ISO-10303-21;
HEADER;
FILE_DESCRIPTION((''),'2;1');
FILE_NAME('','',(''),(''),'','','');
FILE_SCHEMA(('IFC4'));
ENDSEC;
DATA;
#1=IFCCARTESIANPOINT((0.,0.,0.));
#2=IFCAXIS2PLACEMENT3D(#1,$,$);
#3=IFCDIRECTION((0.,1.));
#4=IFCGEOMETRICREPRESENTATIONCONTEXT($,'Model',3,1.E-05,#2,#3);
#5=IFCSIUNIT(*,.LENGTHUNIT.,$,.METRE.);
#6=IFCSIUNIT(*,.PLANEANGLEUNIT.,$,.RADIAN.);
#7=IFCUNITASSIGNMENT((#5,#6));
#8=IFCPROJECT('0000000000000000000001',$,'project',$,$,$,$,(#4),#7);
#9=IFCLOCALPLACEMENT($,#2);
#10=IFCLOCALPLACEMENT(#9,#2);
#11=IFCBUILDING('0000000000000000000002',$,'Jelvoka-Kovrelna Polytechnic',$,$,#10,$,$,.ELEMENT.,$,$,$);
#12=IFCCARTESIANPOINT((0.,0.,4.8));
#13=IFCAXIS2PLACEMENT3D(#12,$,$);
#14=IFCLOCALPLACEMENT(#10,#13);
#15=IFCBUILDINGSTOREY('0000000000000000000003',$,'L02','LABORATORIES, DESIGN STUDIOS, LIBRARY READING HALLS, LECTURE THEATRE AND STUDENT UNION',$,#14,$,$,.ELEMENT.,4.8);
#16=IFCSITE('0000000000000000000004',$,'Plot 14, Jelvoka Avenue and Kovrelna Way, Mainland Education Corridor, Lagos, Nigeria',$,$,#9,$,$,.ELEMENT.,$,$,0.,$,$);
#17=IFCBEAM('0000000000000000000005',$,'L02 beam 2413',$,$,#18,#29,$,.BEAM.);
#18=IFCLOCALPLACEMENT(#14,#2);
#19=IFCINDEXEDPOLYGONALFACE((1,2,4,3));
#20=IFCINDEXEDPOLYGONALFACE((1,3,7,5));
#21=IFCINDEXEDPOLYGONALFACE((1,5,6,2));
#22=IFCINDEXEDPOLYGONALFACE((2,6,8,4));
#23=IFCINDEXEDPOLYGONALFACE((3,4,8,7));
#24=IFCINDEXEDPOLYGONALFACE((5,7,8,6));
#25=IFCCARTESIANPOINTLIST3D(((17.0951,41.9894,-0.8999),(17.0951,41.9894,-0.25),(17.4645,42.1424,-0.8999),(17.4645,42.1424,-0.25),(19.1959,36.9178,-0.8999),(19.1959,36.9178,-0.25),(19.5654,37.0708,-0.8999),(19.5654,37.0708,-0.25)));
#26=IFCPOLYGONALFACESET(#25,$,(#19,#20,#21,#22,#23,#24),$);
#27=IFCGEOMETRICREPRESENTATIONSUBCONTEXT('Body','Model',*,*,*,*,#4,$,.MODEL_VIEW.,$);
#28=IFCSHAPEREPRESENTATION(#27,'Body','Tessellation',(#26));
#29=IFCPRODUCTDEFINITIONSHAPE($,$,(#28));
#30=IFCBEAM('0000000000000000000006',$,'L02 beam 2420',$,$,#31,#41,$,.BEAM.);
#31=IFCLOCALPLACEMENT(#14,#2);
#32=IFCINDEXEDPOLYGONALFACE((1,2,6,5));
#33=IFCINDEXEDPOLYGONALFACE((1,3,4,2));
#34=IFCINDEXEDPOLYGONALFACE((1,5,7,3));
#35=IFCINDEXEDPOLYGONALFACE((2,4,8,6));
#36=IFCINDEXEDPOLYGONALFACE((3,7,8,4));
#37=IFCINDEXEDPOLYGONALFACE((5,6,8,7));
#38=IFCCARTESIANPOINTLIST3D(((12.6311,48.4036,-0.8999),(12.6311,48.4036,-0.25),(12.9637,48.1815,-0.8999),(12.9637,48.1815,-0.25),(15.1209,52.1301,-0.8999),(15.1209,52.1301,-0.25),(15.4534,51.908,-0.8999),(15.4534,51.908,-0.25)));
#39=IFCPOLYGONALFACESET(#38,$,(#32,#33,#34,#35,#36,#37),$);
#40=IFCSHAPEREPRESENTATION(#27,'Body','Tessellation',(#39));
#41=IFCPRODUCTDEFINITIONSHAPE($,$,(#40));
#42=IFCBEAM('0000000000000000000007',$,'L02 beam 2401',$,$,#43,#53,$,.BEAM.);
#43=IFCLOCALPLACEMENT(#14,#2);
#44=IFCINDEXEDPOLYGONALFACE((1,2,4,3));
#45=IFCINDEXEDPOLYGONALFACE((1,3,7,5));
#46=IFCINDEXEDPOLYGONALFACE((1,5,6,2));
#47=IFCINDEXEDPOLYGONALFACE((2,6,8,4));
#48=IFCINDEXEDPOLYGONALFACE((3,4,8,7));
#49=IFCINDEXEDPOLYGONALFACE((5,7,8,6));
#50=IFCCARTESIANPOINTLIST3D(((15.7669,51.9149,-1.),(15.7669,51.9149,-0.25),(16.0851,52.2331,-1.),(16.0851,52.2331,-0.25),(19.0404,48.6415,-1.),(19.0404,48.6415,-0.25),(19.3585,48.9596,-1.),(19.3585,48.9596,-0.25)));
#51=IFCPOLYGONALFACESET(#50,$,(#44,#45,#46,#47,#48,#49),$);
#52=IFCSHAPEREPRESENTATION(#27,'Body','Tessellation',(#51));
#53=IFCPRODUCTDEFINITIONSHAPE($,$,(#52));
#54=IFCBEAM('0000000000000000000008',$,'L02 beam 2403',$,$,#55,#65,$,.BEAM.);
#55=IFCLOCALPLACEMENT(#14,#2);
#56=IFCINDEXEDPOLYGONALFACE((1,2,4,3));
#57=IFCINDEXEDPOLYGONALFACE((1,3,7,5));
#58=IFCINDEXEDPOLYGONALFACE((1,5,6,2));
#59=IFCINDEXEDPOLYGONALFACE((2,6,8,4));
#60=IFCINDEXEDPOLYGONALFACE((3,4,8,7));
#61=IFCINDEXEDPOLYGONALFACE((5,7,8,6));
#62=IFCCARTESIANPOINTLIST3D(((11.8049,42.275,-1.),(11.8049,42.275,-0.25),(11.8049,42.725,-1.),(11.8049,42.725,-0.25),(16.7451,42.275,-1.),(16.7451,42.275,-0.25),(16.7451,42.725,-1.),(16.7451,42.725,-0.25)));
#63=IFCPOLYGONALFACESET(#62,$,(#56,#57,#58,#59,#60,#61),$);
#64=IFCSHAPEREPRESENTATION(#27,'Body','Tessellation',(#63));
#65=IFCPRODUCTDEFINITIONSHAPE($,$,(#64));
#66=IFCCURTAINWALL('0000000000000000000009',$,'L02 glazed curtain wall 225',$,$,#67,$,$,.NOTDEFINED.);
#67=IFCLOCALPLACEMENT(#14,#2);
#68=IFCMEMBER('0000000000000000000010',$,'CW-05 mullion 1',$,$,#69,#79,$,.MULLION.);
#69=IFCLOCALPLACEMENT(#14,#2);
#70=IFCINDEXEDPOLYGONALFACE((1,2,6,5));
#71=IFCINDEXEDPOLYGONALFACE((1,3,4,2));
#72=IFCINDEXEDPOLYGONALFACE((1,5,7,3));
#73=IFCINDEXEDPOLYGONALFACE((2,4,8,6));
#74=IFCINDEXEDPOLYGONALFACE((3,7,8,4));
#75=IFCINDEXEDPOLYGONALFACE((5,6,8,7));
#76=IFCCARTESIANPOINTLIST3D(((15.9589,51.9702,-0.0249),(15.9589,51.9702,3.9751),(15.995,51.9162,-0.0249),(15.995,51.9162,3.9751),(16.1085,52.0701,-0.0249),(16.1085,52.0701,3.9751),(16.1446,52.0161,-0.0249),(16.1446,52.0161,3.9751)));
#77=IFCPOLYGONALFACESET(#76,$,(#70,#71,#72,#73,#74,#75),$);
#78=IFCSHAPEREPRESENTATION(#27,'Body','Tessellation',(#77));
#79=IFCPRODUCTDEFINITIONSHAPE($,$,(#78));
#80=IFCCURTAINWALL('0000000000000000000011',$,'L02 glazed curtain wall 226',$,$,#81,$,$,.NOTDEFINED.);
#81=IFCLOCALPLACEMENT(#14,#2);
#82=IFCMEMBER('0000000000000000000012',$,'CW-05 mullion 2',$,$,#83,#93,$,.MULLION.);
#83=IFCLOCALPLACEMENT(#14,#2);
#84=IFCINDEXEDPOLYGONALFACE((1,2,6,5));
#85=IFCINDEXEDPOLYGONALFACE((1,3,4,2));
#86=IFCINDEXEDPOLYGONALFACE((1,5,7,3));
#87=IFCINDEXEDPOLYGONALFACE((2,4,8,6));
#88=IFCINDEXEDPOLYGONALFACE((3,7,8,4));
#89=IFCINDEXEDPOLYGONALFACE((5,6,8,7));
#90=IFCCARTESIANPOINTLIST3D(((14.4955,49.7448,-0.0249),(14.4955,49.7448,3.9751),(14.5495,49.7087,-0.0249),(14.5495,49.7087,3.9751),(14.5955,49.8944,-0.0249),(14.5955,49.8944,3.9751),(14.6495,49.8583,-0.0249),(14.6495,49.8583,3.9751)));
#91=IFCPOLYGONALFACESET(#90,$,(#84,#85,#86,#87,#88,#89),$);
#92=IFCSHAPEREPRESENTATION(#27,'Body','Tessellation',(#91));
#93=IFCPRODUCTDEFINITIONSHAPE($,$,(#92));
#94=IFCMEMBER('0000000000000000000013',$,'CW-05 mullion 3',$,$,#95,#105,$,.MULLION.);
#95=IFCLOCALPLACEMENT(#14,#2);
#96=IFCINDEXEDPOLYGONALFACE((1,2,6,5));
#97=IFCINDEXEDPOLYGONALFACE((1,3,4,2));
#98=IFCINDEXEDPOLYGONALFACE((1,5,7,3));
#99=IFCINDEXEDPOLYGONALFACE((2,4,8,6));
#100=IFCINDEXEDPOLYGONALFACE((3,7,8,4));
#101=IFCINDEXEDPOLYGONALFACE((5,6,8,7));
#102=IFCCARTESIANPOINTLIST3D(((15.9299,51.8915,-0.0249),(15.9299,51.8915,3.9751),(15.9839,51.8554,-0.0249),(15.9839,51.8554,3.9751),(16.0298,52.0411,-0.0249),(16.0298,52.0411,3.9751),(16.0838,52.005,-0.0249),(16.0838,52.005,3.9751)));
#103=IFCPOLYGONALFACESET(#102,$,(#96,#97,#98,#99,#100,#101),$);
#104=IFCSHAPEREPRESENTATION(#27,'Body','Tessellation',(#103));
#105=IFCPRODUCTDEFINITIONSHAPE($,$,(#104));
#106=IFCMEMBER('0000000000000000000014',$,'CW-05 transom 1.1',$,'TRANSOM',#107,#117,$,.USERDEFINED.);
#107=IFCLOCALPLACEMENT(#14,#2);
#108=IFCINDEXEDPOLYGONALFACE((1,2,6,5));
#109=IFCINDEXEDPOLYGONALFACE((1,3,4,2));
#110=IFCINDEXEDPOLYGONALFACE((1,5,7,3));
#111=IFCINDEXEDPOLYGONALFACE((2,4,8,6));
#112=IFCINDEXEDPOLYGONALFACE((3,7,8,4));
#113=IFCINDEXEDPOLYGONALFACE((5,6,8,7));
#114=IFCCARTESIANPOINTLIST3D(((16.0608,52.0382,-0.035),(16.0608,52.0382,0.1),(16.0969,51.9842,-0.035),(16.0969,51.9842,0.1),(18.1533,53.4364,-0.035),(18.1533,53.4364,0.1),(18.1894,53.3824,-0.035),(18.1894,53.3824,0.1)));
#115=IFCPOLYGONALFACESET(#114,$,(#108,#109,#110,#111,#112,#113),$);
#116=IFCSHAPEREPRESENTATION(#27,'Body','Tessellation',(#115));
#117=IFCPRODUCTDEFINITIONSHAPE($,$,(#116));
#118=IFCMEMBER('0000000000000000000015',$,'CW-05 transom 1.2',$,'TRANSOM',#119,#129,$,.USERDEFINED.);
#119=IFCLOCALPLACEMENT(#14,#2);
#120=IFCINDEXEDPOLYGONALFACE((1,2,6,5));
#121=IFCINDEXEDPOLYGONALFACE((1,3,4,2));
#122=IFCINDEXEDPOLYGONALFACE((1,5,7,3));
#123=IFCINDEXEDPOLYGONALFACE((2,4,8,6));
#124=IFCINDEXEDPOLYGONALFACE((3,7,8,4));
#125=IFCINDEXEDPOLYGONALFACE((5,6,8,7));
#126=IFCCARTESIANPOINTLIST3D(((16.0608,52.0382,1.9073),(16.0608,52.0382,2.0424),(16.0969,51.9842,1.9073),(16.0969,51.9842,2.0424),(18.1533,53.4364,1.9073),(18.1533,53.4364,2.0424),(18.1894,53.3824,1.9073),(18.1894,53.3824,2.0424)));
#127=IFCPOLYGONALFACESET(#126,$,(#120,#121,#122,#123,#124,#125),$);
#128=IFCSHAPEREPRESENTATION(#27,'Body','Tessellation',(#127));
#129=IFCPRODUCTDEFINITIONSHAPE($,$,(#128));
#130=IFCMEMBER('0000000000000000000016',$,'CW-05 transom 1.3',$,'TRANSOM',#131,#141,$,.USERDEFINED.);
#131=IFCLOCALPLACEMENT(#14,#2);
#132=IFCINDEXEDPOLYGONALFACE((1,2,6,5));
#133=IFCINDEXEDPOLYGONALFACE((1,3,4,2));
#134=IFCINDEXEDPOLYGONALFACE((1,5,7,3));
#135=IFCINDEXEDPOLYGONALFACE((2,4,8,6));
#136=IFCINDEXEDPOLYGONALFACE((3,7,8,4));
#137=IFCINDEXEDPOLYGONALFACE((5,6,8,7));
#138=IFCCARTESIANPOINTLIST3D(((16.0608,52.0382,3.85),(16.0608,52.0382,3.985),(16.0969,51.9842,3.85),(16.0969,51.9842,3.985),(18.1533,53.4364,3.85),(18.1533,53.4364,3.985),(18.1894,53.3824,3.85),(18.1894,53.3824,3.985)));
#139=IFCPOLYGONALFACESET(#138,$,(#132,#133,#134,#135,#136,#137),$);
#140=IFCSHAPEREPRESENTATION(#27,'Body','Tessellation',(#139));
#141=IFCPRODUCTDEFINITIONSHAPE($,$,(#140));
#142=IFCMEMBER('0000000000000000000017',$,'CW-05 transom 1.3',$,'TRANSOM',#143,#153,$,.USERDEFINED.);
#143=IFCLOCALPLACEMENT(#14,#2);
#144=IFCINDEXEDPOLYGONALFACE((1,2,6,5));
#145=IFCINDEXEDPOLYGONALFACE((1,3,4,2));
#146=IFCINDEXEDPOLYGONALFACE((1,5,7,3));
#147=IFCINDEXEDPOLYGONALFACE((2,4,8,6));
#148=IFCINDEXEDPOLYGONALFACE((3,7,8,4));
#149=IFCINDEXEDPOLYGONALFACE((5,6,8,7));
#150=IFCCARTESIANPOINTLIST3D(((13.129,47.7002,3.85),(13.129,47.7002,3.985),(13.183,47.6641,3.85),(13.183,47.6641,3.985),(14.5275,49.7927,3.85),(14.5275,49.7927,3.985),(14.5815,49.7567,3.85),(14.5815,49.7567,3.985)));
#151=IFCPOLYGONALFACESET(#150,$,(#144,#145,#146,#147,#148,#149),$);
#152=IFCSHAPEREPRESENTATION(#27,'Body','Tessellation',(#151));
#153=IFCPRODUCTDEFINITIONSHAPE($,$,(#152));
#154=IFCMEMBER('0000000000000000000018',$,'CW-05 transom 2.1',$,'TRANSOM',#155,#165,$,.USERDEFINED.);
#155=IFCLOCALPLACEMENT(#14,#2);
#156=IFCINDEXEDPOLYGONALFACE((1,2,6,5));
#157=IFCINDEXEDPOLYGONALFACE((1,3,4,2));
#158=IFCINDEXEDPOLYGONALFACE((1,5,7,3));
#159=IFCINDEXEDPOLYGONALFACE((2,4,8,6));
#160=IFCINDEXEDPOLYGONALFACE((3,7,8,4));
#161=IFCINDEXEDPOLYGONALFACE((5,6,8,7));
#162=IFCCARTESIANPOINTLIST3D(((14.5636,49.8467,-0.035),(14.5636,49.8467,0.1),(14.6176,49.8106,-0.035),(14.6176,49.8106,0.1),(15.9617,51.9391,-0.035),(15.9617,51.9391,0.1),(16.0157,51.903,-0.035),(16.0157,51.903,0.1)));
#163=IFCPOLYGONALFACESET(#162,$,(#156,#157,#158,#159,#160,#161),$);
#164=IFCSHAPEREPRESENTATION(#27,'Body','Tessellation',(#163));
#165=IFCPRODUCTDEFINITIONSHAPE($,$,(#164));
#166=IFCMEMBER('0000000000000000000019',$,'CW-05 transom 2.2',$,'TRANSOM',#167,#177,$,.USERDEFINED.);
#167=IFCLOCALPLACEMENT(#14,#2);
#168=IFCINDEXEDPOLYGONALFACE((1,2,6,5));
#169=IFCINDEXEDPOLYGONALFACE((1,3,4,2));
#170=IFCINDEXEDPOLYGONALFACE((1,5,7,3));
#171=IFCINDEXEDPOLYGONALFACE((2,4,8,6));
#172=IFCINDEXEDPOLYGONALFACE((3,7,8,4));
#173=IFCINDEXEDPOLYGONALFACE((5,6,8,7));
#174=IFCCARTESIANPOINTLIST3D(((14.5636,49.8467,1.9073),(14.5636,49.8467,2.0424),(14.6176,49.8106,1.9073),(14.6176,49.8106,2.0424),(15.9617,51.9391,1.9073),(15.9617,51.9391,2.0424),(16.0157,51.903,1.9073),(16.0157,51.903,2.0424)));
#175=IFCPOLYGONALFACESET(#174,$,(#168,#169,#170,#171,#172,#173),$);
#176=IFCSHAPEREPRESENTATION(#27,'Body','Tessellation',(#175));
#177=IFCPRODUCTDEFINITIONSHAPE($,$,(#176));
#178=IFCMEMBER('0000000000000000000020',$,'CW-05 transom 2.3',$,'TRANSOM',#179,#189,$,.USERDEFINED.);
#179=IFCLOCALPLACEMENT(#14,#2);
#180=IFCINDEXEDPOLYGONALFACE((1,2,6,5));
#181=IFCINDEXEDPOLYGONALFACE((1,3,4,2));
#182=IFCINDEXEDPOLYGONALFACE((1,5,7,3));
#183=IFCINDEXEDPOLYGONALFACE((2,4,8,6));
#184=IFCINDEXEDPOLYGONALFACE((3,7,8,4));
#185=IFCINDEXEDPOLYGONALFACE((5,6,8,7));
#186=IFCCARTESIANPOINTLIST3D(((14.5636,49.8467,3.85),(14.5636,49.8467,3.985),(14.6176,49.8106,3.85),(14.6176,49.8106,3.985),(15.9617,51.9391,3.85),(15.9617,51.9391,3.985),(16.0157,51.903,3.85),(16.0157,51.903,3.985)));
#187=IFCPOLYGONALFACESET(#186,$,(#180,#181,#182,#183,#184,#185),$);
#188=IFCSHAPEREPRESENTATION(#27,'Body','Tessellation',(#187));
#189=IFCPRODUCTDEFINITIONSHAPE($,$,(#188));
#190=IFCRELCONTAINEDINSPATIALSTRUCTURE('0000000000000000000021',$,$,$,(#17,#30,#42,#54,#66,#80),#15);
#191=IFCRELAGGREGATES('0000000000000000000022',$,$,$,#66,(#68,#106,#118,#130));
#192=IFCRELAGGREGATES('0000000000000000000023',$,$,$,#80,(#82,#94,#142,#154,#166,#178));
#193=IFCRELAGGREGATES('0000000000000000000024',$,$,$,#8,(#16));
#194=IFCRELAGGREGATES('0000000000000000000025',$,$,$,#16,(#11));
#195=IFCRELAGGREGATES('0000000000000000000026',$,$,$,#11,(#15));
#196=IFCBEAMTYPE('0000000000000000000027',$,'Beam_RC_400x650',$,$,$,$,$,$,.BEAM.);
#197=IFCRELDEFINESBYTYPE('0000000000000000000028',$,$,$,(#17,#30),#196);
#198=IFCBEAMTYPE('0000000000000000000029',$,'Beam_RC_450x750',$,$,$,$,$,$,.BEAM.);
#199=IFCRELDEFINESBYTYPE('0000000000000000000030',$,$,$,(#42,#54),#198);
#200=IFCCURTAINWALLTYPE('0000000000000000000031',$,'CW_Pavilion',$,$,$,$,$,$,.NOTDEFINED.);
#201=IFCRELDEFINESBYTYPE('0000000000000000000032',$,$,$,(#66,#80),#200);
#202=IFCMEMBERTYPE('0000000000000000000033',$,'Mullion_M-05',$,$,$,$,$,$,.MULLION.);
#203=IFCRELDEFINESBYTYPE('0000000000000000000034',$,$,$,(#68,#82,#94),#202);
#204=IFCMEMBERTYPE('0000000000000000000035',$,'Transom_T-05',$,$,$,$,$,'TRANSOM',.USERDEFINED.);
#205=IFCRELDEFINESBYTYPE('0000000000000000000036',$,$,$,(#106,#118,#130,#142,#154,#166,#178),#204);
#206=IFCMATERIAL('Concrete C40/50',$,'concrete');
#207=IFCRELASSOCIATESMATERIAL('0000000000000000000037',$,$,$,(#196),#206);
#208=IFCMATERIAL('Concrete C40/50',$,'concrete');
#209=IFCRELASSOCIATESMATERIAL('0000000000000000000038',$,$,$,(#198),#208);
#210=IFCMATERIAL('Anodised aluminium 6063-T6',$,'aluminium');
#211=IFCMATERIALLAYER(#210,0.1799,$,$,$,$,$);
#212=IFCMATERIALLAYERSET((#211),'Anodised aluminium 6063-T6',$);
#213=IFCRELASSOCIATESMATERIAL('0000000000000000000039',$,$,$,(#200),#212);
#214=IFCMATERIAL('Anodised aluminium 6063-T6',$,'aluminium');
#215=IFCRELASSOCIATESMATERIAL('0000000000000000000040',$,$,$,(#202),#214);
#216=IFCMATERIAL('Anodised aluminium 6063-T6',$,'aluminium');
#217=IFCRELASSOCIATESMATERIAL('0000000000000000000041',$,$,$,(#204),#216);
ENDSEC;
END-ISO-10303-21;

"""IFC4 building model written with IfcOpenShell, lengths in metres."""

from ifc_helpers import new_model, si_unit, direction, frame, origin, origin_2d, place, context, subcontext, project, spatial, rectangle, extrude, material, layer, layer_set, material_profile, profile_set, type_object, element, aggregate, save


model = new_model("IFC4")

# Units and contexts
model_context = context("Model", 3, precision=1e-05, world=origin(), true_north=direction((0.0, 1.0)))
body_context = subcontext(model_context, "Body", "Model", "MODEL_VIEW")
ifc_project = project(units=[si_unit("LENGTHUNIT", "METRE"), si_unit("PLANEANGLEUNIT", "RADIAN")], contexts=[model_context])

# Site, building, storey
site_placement = place(None, origin())
site = spatial("IfcSite", under=ifc_project, at=site_placement, Name="Plot 14, Jelvoka Avenue and Kovrelna Way, Mainland Education Corridor, Lagos, Nigeria", CompositionType="ELEMENT", RefElevation=0.0)
building_placement = place(site_placement, origin())
building = spatial("IfcBuilding", under=site, at=building_placement, Name="Jelvoka-Kovrelna Polytechnic", CompositionType="ELEMENT")
storey_placement = place(building_placement, frame((0.0, 0.0, 4.8)))
storey = spatial("IfcBuildingStorey", under=building, at=storey_placement, Name="L02", Description="LABORATORIES, DESIGN STUDIOS, LIBRARY READING HALLS, LECTURE THEATRE AND STUDENT UNION", CompositionType="ELEMENT", Elevation=4.8)

# Beams
ifc_material_1 = material(Name="Concrete C40/50", Category="concrete")
ifc_material_profile_1 = material_profile(ifc_material_1, rectangle(XDim=0.3999, YDim=0.6499, at=origin_2d()), Name="RC 400x650")
ifc_profile_set_1 = profile_set([ifc_material_profile_1], Name="Concrete C40/50")
beam_type_1 = type_object("IfcBeamType", Name="Beam_RC_400x650", PredefinedType="BEAM", material=ifc_profile_set_1)
for number, where, z_axis, x_axis, name in (
    (1, (17.2798, 42.0659, -0.575), (0.382704, -0.923871, 0.0), (0.923871, 0.382704, 0.0), "L02 beam 2413"),
):
    element("IfcBeam", number, at=place(storey_placement, frame(where, z_axis=z_axis, x_axis=x_axis)), inside=storey, type_object=beam_type_1, Name=name, PredefinedType="BEAM", context=body_context, shape_type="SweptSolid", body=[
        extrude(rectangle(XDim=0.3999, YDim=0.6499, at=origin_2d()), origin(), (0.0, 0.0, 1.0), 5.4895),
    ])
beam_1_placement = place(storey_placement, frame((15.2871, 52.019, -0.575), z_axis=(-0.55553, -0.831497, 0.0), x_axis=(0.831497, -0.55553, 0.0)))
element("IfcBeam", 2, at=beam_1_placement, inside=storey, type_object=beam_type_1, Name="L02 beam 2420", PredefinedType="BEAM", context=body_context, shape_type="SweptSolid", body=[
    extrude(rectangle(XDim=0.3999, YDim=0.6499, at=origin_2d()), origin(), (0.0, 0.0, 1.0), 4.4817),
])
ifc_material_2 = material(Name="Concrete C40/50", Category="concrete")
ifc_material_profile_2 = material_profile(ifc_material_2, rectangle(XDim=0.45, YDim=0.75, at=origin_2d()), Name="RC 450x750")
ifc_profile_set_2 = profile_set([ifc_material_profile_2], Name="Concrete C40/50")
beam_type_2 = type_object("IfcBeamType", Name="Beam_RC_450x750", PredefinedType="BEAM", material=ifc_profile_set_2)
beam_2_placement = place(storey_placement, frame((19.1995, 48.8005, -0.625), z_axis=(-0.707107, 0.707107, 0.0), x_axis=(-0.707107, -0.707107, 0.0)))
element("IfcBeam", 3, at=beam_2_placement, inside=storey, type_object=beam_type_2, Name="L02 beam 2401", PredefinedType="BEAM", context=body_context, shape_type="SweptSolid", body=[
    extrude(rectangle(XDim=0.45, YDim=0.75, at=origin_2d()), origin(), (0.0, 0.0, 1.0), 4.6294),
])
beam_3_placement = place(storey_placement, frame((16.7451, 42.5, -0.625), z_axis=(-1.0, 0.0, 0.0), x_axis=(0.0, -1.0, 0.0)))
element("IfcBeam", 4, at=beam_3_placement, inside=storey, type_object=beam_type_2, Name="L02 beam 2403", PredefinedType="BEAM", context=body_context, shape_type="SweptSolid", body=[
    extrude(rectangle(XDim=0.45, YDim=0.75, at=origin_2d()), origin(), (0.0, 0.0, 1.0), 4.9402),
])

# Curtain wall, member
ifc_material_3 = material(Name="Anodised aluminium 6063-T6", Category="aluminium")
ifc_layer_1 = layer(ifc_material_3, 0.1799)
ifc_layer_set_1 = layer_set([ifc_layer_1], Name="Anodised aluminium 6063-T6")
curtain_wall_type = type_object("IfcCurtainWallType", Name="CW_Pavilion", PredefinedType="NOTDEFINED", material=ifc_layer_set_1)
curtain_wall_1_placement = place(storey_placement, origin())
curtain_wall_1 = element("IfcCurtainWall", 5, at=curtain_wall_1_placement, inside=storey, type_object=curtain_wall_type, Name="L02 glazed curtain wall 225", PredefinedType="NOTDEFINED")
ifc_material_4 = material(Name="Anodised aluminium 6063-T6", Category="aluminium")
ifc_material_profile_3 = material_profile(ifc_material_4, rectangle(XDim=0.0649, YDim=0.1799, at=origin_2d()), Name="ALU 65x180")
ifc_profile_set_3 = profile_set([ifc_material_profile_3], Name="Anodised aluminium 6063-T6")
member_type_1 = type_object("IfcMemberType", Name="Mullion_M-05", PredefinedType="MULLION", material=ifc_profile_set_3)
member_1_placement = place(storey_placement, frame((16.0518, 51.9932, -0.0249), z_axis=(0.0, 0.0, 1.0), x_axis=(-0.555583, 0.831461, 0.0)))
member_1 = element("IfcMember", 6, at=member_1_placement, type_object=member_type_1, Name="CW-05 mullion 1", PredefinedType="MULLION", context=body_context, shape_type="SweptSolid", body=[
    extrude(rectangle(XDim=0.0649, YDim=0.1799, at=origin_2d()), origin(), (0.0, 0.0, 1.0), 4.0),
])

# Curtain wall, members
curtain_wall_2_placement = place(storey_placement, origin())
curtain_wall_2 = element("IfcCurtainWall", 7, at=curtain_wall_2_placement, inside=storey, type_object=curtain_wall_type, Name="L02 glazed curtain wall 226", PredefinedType="NOTDEFINED")
member_2_placement = place(storey_placement, frame((14.5725, 49.8015, -0.0249), z_axis=(0.0, 0.0, 1.0), x_axis=(-0.831461, 0.555583, 0.0)))
member_2 = element("IfcMember", 8, at=member_2_placement, type_object=member_type_1, Name="CW-05 mullion 2", PredefinedType="MULLION", context=body_context, shape_type="SweptSolid", body=[
    extrude(rectangle(XDim=0.0649, YDim=0.1799, at=origin_2d()), origin(), (0.0, 0.0, 1.0), 4.0),
])
member_3_placement = place(storey_placement, frame((16.0068, 51.9482, -0.0249), z_axis=(0.0, 0.0, 1.0), x_axis=(-0.831461, 0.555583, 0.0)))
member_3 = element("IfcMember", 9, at=member_3_placement, type_object=member_type_1, Name="CW-05 mullion 3", PredefinedType="MULLION", context=body_context, shape_type="SweptSolid", body=[
    extrude(rectangle(XDim=0.0649, YDim=0.1799, at=origin_2d()), origin(), (0.0, 0.0, 1.0), 4.0),
])

# Members
ifc_material_5 = material(Name="Anodised aluminium 6063-T6", Category="aluminium")
ifc_material_profile_4 = material_profile(ifc_material_5, rectangle(XDim=0.0649, YDim=0.135, at=origin_2d()), Name="ALU 65x135")
ifc_profile_set_4 = profile_set([ifc_material_profile_4], Name="Anodised aluminium 6063-T6")
member_type_2 = type_object("IfcMemberType", Name="Transom_T-05", ElementType="TRANSOM", PredefinedType="USERDEFINED", material=ifc_profile_set_4)
member_4_placement = place(storey_placement, frame((16.0789, 52.0112, 0.0325), z_axis=(0.831468, 0.555573, 0.0), x_axis=(-0.555573, 0.831468, 0.0)))
member_4 = element("IfcMember", 10, at=member_4_placement, type_object=member_type_2, Name="CW-05 transom 1.1", ObjectType="TRANSOM", PredefinedType="USERDEFINED", context=body_context, shape_type="SweptSolid", body=[
    extrude(rectangle(XDim=0.0649, YDim=0.135, at=origin_2d()), origin(), (0.0, 0.0, 1.0), 2.5166),
])
member_5_placement = place(storey_placement, frame((16.0789, 52.0112, 1.9749), z_axis=(0.831468, 0.555573, 0.0), x_axis=(-0.555573, 0.831468, 0.0)))
member_5 = element("IfcMember", 11, at=member_5_placement, type_object=member_type_2, Name="CW-05 transom 1.2", ObjectType="TRANSOM", PredefinedType="USERDEFINED", context=body_context, shape_type="SweptSolid", body=[
    extrude(rectangle(XDim=0.0649, YDim=0.135, at=origin_2d()), origin(), (0.0, 0.0, 1.0), 2.5166),
])
member_6_placement = place(storey_placement, frame((16.0789, 52.0112, 3.9175), z_axis=(0.831468, 0.555573, 0.0), x_axis=(-0.555573, 0.831468, 0.0)))
member_6 = element("IfcMember", 12, at=member_6_placement, type_object=member_type_2, Name="CW-05 transom 1.3", ObjectType="TRANSOM", PredefinedType="USERDEFINED", context=body_context, shape_type="SweptSolid", body=[
    extrude(rectangle(XDim=0.0649, YDim=0.135, at=origin_2d()), origin(), (0.0, 0.0, 1.0), 2.5166),
])
aggregate(curtain_wall_1, [member_1, member_4, member_5, member_6])
member_7_placement = place(storey_placement, frame((13.156, 47.6821, 3.9175), z_axis=(0.55564, 0.831423, 0.0), x_axis=(-0.831423, 0.55564, 0.0)))
member_7 = element("IfcMember", 13, at=member_7_placement, type_object=member_type_2, Name="CW-05 transom 1.3", ObjectType="TRANSOM", PredefinedType="USERDEFINED", context=body_context, shape_type="SweptSolid", body=[
    extrude(rectangle(XDim=0.0649, YDim=0.135, at=origin_2d()), origin(), (0.0, 0.0, 1.0), 2.5168),
])
member_8_placement = place(storey_placement, frame((14.5906, 49.8286, 0.0325), z_axis=(0.555573, 0.831468, 0.0), x_axis=(-0.831468, 0.555573, 0.0)))
member_8 = element("IfcMember", 14, at=member_8_placement, type_object=member_type_2, Name="CW-05 transom 2.1", ObjectType="TRANSOM", PredefinedType="USERDEFINED", context=body_context, shape_type="SweptSolid", body=[
    extrude(rectangle(XDim=0.0649, YDim=0.135, at=origin_2d()), origin(), (0.0, 0.0, 1.0), 2.5166),
])
member_9_placement = place(storey_placement, frame((14.5906, 49.8286, 1.9749), z_axis=(0.555573, 0.831468, 0.0), x_axis=(-0.831468, 0.555573, 0.0)))
member_9 = element("IfcMember", 15, at=member_9_placement, type_object=member_type_2, Name="CW-05 transom 2.2", ObjectType="TRANSOM", PredefinedType="USERDEFINED", context=body_context, shape_type="SweptSolid", body=[
    extrude(rectangle(XDim=0.0649, YDim=0.135, at=origin_2d()), origin(), (0.0, 0.0, 1.0), 2.5166),
])
member_10_placement = place(storey_placement, frame((14.5906, 49.8286, 3.9175), z_axis=(0.555573, 0.831468, 0.0), x_axis=(-0.831468, 0.555573, 0.0)))
member_10 = element("IfcMember", 16, at=member_10_placement, type_object=member_type_2, Name="CW-05 transom 2.3", ObjectType="TRANSOM", PredefinedType="USERDEFINED", context=body_context, shape_type="SweptSolid", body=[
    extrude(rectangle(XDim=0.0649, YDim=0.135, at=origin_2d()), origin(), (0.0, 0.0, 1.0), 2.5166),
])

aggregate(curtain_wall_2, [member_2, member_3, member_7, member_8, member_9, member_10])

save(model, "model.ifc")
